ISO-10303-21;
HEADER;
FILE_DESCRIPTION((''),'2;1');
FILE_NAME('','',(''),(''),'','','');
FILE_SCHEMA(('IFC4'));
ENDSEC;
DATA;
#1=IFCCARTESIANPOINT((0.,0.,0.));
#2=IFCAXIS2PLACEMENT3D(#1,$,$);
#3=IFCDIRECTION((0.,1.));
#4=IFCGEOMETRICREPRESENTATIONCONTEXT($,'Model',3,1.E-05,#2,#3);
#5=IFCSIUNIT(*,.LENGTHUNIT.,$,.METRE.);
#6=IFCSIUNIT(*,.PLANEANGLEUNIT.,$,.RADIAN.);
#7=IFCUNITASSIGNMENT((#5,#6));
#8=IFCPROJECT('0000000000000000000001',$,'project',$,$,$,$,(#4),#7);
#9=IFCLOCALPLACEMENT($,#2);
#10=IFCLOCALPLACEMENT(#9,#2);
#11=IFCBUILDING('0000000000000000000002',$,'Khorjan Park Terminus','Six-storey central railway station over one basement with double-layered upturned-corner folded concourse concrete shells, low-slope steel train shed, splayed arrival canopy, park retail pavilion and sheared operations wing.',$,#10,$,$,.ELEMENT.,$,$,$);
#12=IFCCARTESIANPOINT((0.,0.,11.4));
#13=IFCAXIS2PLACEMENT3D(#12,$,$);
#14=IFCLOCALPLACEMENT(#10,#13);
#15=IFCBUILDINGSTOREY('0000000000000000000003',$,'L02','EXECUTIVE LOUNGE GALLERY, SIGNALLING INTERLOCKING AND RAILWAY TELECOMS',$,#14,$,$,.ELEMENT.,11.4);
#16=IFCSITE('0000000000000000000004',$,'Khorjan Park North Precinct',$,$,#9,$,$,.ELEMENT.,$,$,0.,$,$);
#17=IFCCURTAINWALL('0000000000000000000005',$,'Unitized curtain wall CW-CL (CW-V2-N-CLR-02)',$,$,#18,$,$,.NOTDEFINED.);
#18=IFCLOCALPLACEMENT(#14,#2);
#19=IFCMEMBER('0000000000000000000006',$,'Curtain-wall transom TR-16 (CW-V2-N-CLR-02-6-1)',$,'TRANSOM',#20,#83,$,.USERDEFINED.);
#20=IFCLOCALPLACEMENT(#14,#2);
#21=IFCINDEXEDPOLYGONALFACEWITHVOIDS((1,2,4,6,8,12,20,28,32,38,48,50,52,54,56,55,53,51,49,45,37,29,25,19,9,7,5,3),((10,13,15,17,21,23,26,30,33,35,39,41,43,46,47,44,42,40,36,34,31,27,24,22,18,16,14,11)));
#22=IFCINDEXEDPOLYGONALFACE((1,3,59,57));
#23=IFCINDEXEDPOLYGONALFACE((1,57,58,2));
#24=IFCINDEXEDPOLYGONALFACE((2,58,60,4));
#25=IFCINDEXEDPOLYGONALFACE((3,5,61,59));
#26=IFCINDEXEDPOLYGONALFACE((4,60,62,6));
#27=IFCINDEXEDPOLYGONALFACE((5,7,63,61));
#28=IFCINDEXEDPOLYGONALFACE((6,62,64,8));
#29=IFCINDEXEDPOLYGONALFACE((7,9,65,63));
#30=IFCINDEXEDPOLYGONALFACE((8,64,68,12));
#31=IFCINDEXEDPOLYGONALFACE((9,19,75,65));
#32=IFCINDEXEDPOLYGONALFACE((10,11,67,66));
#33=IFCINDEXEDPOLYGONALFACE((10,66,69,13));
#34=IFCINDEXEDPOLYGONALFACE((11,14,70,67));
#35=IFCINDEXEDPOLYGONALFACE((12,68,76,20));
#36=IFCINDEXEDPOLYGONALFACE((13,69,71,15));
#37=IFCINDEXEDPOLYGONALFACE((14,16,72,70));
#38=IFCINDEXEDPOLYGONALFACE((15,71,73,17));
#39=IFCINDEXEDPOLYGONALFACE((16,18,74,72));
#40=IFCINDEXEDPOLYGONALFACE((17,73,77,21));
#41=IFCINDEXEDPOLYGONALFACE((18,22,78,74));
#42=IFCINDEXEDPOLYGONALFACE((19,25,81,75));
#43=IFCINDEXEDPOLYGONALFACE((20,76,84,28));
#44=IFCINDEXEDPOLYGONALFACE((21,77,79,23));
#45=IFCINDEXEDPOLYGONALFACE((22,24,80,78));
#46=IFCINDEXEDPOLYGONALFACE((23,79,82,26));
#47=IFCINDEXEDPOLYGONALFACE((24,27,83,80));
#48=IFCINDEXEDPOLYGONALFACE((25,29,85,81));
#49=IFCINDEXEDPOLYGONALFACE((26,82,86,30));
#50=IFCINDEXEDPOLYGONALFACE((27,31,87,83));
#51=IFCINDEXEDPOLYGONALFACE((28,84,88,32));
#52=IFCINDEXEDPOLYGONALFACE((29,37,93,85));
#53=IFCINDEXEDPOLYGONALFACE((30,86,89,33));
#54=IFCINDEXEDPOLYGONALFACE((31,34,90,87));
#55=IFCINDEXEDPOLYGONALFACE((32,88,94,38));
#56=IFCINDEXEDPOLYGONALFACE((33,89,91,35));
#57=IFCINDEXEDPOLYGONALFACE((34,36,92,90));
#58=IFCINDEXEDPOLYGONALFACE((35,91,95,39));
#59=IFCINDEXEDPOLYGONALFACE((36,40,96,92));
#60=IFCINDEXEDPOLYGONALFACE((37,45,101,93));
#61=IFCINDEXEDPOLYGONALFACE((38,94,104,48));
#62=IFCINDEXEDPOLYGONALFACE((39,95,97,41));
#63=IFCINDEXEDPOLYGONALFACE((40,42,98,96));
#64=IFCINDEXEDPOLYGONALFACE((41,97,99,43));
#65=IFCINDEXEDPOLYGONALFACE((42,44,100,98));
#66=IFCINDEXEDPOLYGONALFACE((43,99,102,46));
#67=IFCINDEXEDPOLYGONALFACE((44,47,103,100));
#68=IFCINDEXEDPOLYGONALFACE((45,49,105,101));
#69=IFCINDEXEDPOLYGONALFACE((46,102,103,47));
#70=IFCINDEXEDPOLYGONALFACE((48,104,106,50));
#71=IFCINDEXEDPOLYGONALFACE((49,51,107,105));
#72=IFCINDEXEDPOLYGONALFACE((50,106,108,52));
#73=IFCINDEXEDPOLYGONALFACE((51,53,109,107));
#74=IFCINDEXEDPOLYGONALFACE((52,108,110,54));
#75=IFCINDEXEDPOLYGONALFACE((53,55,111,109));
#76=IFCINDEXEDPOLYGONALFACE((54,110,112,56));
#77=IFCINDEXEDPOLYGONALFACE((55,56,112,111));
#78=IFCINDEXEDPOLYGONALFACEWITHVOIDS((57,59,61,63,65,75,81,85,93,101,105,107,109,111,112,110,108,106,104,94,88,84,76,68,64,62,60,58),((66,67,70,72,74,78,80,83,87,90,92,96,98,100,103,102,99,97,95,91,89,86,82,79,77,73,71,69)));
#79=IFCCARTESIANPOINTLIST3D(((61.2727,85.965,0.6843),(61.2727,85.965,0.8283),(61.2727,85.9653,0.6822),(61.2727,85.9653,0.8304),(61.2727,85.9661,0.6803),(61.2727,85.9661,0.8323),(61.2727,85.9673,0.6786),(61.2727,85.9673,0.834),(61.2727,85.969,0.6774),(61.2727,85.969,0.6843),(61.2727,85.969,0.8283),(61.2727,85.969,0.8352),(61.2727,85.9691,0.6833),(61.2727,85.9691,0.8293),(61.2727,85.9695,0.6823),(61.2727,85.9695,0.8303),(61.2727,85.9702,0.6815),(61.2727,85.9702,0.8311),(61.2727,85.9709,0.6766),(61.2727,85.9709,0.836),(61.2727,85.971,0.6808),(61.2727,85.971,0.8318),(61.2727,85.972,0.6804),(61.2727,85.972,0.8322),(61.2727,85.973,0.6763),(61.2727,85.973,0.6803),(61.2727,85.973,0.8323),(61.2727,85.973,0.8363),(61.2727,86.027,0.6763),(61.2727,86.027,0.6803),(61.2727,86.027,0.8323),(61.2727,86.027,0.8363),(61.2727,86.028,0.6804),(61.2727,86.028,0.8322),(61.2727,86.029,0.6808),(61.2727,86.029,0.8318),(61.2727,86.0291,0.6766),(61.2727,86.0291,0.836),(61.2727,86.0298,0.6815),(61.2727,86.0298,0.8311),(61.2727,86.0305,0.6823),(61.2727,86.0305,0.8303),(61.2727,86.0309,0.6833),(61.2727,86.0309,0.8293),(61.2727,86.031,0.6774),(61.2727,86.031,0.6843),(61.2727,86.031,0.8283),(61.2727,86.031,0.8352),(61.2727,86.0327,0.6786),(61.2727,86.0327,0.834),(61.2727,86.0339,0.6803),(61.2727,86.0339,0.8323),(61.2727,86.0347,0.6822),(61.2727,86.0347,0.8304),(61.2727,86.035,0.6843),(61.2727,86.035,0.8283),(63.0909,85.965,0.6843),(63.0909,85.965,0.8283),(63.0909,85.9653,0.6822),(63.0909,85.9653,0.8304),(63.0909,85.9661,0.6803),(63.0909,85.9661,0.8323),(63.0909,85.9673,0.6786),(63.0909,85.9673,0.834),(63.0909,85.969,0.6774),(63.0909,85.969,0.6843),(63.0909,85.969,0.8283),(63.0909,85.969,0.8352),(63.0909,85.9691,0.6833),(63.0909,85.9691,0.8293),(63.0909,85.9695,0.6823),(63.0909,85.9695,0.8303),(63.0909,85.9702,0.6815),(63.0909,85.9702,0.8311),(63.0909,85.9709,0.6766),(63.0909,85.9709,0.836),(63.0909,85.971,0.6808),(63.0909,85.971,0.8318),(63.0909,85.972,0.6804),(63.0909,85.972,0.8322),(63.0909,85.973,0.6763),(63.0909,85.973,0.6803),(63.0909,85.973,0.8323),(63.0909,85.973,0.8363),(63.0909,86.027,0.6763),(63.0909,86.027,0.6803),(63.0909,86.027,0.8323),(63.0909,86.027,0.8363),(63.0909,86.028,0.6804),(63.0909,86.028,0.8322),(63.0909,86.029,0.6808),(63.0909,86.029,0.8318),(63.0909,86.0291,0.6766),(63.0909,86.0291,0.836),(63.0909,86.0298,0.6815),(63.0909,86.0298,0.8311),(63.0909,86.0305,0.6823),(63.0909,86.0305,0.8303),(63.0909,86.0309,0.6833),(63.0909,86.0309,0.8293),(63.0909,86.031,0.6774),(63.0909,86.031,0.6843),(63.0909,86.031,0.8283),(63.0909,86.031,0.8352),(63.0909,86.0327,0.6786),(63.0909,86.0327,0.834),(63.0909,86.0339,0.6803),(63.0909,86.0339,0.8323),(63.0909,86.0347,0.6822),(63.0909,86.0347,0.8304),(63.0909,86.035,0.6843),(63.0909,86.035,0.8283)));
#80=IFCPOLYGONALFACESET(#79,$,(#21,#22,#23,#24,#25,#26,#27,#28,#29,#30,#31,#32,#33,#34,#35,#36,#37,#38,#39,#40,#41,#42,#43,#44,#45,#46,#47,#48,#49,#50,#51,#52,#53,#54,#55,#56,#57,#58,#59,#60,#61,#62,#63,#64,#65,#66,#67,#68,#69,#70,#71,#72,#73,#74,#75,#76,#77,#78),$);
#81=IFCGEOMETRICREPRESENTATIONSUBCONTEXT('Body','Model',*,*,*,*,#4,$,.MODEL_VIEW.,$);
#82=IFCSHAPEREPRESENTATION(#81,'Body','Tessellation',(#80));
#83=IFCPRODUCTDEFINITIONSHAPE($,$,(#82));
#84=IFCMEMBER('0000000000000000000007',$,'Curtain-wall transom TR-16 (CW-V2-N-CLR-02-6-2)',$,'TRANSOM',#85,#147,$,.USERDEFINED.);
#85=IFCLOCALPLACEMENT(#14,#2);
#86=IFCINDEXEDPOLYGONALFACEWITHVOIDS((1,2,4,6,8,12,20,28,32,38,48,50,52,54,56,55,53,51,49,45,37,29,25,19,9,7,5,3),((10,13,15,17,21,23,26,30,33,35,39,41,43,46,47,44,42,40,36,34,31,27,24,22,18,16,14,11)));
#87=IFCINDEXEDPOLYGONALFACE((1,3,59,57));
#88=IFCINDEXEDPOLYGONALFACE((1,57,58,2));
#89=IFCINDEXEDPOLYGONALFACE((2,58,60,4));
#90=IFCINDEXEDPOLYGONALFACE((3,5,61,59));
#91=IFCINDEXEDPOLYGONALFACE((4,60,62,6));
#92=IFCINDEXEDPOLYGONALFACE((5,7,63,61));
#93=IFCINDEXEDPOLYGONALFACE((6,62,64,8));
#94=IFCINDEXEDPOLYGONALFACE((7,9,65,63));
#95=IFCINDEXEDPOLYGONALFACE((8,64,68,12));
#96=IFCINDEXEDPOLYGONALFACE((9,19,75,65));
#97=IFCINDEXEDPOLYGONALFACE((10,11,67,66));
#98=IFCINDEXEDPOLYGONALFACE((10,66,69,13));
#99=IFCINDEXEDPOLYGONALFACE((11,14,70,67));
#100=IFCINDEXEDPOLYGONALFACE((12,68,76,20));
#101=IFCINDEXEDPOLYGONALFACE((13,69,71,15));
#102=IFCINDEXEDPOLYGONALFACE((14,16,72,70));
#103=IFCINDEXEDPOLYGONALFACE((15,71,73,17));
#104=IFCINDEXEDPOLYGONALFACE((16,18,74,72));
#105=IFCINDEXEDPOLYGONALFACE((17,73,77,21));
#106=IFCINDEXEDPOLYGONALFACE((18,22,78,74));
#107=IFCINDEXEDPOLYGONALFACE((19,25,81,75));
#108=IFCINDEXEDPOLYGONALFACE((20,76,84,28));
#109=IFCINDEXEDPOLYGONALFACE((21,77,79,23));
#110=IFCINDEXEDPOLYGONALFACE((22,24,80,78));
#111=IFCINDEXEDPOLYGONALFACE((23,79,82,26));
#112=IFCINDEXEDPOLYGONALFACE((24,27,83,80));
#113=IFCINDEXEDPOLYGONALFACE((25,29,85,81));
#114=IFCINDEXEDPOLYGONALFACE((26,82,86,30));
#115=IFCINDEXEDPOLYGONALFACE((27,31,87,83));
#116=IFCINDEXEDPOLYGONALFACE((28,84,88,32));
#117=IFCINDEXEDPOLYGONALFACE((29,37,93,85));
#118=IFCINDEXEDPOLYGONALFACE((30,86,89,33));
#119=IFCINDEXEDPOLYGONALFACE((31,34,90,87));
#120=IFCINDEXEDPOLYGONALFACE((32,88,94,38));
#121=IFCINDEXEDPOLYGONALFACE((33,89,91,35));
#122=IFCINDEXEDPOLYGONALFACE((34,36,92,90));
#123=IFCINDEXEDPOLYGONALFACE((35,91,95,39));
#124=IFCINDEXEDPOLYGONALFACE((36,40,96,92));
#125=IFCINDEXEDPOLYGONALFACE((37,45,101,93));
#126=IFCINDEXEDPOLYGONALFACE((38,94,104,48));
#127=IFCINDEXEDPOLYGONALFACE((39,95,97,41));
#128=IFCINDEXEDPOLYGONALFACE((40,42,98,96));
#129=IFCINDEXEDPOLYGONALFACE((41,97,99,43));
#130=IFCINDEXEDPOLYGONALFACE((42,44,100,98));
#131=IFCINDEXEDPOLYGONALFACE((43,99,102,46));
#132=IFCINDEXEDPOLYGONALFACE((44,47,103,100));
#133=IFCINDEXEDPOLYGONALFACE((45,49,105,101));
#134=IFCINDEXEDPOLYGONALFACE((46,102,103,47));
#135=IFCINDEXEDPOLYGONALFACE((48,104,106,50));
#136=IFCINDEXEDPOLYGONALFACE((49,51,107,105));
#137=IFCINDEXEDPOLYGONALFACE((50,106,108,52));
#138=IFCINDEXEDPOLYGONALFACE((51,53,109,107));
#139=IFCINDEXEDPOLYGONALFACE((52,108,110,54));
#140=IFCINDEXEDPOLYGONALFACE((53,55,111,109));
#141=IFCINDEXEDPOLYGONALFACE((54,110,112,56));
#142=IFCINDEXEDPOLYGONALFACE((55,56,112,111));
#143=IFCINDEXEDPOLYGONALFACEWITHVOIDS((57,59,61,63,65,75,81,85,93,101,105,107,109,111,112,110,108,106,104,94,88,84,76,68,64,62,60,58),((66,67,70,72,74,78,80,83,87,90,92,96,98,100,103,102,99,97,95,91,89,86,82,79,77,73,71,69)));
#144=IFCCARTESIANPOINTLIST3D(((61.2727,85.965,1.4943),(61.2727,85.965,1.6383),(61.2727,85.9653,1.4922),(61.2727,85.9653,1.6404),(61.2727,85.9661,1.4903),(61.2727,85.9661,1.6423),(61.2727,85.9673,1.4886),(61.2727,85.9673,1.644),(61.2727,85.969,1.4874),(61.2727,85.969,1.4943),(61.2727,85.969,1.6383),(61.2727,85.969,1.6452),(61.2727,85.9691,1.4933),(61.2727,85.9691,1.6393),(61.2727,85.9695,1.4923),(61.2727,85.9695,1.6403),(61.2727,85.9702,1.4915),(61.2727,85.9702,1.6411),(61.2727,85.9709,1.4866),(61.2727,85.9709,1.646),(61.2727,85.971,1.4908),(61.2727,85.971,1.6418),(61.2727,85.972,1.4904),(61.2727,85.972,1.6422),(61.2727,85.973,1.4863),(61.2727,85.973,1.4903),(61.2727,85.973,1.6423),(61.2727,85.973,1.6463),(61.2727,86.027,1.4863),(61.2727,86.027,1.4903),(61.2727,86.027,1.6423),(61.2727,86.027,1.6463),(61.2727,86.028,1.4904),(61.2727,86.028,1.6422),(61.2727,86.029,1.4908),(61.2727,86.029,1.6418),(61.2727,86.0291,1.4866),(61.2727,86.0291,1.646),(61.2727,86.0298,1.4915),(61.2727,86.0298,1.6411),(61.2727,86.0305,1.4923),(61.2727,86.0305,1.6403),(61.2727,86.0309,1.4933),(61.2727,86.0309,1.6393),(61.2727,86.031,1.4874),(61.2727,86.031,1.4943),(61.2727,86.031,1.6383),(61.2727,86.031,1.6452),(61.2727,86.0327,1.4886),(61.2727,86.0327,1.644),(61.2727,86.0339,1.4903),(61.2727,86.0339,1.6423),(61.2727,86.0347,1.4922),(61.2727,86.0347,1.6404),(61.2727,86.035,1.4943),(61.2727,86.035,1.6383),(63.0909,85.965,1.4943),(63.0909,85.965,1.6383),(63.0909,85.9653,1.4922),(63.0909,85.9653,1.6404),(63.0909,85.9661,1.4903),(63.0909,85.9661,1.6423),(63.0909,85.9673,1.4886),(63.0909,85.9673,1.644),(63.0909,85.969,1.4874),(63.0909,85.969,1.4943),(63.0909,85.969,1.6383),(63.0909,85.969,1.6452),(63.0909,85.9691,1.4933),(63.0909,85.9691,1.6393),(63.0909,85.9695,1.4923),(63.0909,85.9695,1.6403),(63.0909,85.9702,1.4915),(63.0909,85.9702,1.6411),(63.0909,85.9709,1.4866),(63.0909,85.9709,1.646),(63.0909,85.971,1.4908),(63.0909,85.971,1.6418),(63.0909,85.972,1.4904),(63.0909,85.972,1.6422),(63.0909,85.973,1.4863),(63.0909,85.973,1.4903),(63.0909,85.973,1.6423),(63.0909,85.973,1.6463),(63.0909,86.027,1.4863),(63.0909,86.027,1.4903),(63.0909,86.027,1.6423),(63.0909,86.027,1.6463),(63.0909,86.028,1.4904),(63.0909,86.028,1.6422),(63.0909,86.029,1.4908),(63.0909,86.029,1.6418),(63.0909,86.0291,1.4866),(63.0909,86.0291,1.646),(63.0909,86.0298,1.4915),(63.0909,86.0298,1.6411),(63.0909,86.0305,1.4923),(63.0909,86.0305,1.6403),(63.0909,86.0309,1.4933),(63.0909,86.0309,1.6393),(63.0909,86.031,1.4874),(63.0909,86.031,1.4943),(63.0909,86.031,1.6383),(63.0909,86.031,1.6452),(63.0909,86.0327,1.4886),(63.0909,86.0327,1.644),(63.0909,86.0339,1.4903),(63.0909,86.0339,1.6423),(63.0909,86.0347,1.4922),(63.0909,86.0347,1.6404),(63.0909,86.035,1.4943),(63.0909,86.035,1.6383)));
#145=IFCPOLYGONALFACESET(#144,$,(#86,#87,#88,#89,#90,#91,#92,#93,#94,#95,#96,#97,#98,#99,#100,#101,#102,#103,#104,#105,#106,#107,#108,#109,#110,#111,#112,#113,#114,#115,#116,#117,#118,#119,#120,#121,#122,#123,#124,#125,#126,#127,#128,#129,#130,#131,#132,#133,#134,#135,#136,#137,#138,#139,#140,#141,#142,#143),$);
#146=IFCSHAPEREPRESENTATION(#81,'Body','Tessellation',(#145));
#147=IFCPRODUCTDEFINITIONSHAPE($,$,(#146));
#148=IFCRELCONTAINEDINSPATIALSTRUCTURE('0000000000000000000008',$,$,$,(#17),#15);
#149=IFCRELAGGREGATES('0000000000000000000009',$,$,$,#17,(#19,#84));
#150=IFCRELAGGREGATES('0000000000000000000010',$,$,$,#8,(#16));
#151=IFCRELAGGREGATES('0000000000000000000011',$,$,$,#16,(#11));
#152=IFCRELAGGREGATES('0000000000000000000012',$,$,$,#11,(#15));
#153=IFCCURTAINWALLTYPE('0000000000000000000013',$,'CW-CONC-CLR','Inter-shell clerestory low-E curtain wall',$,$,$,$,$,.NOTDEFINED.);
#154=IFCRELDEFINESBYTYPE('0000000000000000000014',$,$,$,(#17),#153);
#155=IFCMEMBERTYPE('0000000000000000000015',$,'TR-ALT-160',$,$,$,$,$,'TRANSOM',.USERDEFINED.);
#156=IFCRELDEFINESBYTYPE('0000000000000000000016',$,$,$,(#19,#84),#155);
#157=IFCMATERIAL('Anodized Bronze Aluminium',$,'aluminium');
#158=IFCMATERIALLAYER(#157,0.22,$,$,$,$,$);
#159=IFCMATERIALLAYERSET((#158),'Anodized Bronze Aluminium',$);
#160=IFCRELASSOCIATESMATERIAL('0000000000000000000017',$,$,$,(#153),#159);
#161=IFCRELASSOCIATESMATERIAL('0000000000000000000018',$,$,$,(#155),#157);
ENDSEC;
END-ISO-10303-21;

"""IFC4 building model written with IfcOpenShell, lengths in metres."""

from ifc_helpers import new_model, si_unit, direction, frame, origin, origin_2d, place, context, subcontext, project, spatial, hollow_rectangle, extrude, material, layer, layer_set, material_profile, profile_set, type_object, element, aggregate, save


model = new_model("IFC4")

# Units and contexts
model_context = context("Model", 3, precision=1e-05, world=origin(), true_north=direction((0.0, 1.0)))
body_context = subcontext(model_context, "Body", "Model", "MODEL_VIEW")
ifc_project = project(units=[si_unit("LENGTHUNIT", "METRE"), si_unit("PLANEANGLEUNIT", "RADIAN")], contexts=[model_context])

# Site, building, storey
site_placement = place(None, origin())
site = spatial("IfcSite", under=ifc_project, at=site_placement, Name="Khorjan Park North Precinct", CompositionType="ELEMENT", RefElevation=0.0)
building_placement = place(site_placement, origin())
building = spatial("IfcBuilding", under=site, at=building_placement, Name="Khorjan Park Terminus", Description="Six-storey central railway station over one basement with double-layered upturned-corner folded concourse concrete shells, low-slope steel train shed, splayed arrival canopy, park retail pavilion and sheared operations wing.", CompositionType="ELEMENT")
storey_placement = place(building_placement, frame((0.0, 0.0, 11.4)))
storey = spatial("IfcBuildingStorey", under=building, at=storey_placement, Name="L02", Description="EXECUTIVE LOUNGE GALLERY, SIGNALLING INTERLOCKING AND RAILWAY TELECOMS", CompositionType="ELEMENT", Elevation=11.4)

# Curtain wall, members
ifc_material_1 = material(Name="Anodized Bronze Aluminium", Category="aluminium")
ifc_layer_1 = layer(ifc_material_1, 0.22)
ifc_layer_set_1 = layer_set([ifc_layer_1], Name="Anodized Bronze Aluminium")
curtain_wall_type = type_object("IfcCurtainWallType", Name="CW-CONC-CLR", Description="Inter-shell clerestory low-E curtain wall", PredefinedType="NOTDEFINED", material=ifc_layer_set_1)
curtain_wall_placement = place(storey_placement, origin())
curtain_wall = element("IfcCurtainWall", 1, at=curtain_wall_placement, inside=storey, type_object=curtain_wall_type, Name="Unitized curtain wall CW-CL (CW-V2-N-CLR-02)", PredefinedType="NOTDEFINED")
ifc_material_profile_1 = material_profile(ifc_material_1, hollow_rectangle(XDim=0.07, YDim=0.16, WallThickness=0.004, InnerFilletRadius=0.004, OuterFilletRadius=0.008, at=origin_2d()), Name="ALT 70x160x4")
ifc_profile_set_1 = profile_set([ifc_material_profile_1], Name="Anodized Bronze Aluminium")
member_type_1 = type_object("IfcMemberType", Name="TR-ALT-160", ElementType="TRANSOM", PredefinedType="USERDEFINED", material=ifc_profile_set_1)
member_1_placement = place(storey_placement, frame((63.0909, 86.0, 0.7563), z_axis=(-1.0, 0.0, 0.0), x_axis=(0.0, -1.0, 0.0)))
member_1 = element("IfcMember", 2, at=member_1_placement, type_object=member_type_1, Name="Curtain-wall transom TR-16 (CW-V2-N-CLR-02-6-1)", ObjectType="TRANSOM", PredefinedType="USERDEFINED", context=body_context, shape_type="SweptSolid", body=[
    extrude(hollow_rectangle(XDim=0.07, YDim=0.16, WallThickness=0.004, InnerFilletRadius=0.004, OuterFilletRadius=0.008, at=origin_2d()), origin(), (0.0, 0.0, 1.0), 1.8182),
])
member_2_placement = place(storey_placement, frame((63.0909, 86.0, 1.5663), z_axis=(-1.0, 0.0, 0.0), x_axis=(0.0, -1.0, 0.0)))
member_2 = element("IfcMember", 3, at=member_2_placement, type_object=member_type_1, Name="Curtain-wall transom TR-16 (CW-V2-N-CLR-02-6-2)", ObjectType="TRANSOM", PredefinedType="USERDEFINED", context=body_context, shape_type="SweptSolid", body=[
    extrude(hollow_rectangle(XDim=0.07, YDim=0.16, WallThickness=0.004, InnerFilletRadius=0.004, OuterFilletRadius=0.008, at=origin_2d()), origin(), (0.0, 0.0, 1.0), 1.8182),
])

aggregate(curtain_wall, [member_1, member_2])

save(model, "model.ifc")
